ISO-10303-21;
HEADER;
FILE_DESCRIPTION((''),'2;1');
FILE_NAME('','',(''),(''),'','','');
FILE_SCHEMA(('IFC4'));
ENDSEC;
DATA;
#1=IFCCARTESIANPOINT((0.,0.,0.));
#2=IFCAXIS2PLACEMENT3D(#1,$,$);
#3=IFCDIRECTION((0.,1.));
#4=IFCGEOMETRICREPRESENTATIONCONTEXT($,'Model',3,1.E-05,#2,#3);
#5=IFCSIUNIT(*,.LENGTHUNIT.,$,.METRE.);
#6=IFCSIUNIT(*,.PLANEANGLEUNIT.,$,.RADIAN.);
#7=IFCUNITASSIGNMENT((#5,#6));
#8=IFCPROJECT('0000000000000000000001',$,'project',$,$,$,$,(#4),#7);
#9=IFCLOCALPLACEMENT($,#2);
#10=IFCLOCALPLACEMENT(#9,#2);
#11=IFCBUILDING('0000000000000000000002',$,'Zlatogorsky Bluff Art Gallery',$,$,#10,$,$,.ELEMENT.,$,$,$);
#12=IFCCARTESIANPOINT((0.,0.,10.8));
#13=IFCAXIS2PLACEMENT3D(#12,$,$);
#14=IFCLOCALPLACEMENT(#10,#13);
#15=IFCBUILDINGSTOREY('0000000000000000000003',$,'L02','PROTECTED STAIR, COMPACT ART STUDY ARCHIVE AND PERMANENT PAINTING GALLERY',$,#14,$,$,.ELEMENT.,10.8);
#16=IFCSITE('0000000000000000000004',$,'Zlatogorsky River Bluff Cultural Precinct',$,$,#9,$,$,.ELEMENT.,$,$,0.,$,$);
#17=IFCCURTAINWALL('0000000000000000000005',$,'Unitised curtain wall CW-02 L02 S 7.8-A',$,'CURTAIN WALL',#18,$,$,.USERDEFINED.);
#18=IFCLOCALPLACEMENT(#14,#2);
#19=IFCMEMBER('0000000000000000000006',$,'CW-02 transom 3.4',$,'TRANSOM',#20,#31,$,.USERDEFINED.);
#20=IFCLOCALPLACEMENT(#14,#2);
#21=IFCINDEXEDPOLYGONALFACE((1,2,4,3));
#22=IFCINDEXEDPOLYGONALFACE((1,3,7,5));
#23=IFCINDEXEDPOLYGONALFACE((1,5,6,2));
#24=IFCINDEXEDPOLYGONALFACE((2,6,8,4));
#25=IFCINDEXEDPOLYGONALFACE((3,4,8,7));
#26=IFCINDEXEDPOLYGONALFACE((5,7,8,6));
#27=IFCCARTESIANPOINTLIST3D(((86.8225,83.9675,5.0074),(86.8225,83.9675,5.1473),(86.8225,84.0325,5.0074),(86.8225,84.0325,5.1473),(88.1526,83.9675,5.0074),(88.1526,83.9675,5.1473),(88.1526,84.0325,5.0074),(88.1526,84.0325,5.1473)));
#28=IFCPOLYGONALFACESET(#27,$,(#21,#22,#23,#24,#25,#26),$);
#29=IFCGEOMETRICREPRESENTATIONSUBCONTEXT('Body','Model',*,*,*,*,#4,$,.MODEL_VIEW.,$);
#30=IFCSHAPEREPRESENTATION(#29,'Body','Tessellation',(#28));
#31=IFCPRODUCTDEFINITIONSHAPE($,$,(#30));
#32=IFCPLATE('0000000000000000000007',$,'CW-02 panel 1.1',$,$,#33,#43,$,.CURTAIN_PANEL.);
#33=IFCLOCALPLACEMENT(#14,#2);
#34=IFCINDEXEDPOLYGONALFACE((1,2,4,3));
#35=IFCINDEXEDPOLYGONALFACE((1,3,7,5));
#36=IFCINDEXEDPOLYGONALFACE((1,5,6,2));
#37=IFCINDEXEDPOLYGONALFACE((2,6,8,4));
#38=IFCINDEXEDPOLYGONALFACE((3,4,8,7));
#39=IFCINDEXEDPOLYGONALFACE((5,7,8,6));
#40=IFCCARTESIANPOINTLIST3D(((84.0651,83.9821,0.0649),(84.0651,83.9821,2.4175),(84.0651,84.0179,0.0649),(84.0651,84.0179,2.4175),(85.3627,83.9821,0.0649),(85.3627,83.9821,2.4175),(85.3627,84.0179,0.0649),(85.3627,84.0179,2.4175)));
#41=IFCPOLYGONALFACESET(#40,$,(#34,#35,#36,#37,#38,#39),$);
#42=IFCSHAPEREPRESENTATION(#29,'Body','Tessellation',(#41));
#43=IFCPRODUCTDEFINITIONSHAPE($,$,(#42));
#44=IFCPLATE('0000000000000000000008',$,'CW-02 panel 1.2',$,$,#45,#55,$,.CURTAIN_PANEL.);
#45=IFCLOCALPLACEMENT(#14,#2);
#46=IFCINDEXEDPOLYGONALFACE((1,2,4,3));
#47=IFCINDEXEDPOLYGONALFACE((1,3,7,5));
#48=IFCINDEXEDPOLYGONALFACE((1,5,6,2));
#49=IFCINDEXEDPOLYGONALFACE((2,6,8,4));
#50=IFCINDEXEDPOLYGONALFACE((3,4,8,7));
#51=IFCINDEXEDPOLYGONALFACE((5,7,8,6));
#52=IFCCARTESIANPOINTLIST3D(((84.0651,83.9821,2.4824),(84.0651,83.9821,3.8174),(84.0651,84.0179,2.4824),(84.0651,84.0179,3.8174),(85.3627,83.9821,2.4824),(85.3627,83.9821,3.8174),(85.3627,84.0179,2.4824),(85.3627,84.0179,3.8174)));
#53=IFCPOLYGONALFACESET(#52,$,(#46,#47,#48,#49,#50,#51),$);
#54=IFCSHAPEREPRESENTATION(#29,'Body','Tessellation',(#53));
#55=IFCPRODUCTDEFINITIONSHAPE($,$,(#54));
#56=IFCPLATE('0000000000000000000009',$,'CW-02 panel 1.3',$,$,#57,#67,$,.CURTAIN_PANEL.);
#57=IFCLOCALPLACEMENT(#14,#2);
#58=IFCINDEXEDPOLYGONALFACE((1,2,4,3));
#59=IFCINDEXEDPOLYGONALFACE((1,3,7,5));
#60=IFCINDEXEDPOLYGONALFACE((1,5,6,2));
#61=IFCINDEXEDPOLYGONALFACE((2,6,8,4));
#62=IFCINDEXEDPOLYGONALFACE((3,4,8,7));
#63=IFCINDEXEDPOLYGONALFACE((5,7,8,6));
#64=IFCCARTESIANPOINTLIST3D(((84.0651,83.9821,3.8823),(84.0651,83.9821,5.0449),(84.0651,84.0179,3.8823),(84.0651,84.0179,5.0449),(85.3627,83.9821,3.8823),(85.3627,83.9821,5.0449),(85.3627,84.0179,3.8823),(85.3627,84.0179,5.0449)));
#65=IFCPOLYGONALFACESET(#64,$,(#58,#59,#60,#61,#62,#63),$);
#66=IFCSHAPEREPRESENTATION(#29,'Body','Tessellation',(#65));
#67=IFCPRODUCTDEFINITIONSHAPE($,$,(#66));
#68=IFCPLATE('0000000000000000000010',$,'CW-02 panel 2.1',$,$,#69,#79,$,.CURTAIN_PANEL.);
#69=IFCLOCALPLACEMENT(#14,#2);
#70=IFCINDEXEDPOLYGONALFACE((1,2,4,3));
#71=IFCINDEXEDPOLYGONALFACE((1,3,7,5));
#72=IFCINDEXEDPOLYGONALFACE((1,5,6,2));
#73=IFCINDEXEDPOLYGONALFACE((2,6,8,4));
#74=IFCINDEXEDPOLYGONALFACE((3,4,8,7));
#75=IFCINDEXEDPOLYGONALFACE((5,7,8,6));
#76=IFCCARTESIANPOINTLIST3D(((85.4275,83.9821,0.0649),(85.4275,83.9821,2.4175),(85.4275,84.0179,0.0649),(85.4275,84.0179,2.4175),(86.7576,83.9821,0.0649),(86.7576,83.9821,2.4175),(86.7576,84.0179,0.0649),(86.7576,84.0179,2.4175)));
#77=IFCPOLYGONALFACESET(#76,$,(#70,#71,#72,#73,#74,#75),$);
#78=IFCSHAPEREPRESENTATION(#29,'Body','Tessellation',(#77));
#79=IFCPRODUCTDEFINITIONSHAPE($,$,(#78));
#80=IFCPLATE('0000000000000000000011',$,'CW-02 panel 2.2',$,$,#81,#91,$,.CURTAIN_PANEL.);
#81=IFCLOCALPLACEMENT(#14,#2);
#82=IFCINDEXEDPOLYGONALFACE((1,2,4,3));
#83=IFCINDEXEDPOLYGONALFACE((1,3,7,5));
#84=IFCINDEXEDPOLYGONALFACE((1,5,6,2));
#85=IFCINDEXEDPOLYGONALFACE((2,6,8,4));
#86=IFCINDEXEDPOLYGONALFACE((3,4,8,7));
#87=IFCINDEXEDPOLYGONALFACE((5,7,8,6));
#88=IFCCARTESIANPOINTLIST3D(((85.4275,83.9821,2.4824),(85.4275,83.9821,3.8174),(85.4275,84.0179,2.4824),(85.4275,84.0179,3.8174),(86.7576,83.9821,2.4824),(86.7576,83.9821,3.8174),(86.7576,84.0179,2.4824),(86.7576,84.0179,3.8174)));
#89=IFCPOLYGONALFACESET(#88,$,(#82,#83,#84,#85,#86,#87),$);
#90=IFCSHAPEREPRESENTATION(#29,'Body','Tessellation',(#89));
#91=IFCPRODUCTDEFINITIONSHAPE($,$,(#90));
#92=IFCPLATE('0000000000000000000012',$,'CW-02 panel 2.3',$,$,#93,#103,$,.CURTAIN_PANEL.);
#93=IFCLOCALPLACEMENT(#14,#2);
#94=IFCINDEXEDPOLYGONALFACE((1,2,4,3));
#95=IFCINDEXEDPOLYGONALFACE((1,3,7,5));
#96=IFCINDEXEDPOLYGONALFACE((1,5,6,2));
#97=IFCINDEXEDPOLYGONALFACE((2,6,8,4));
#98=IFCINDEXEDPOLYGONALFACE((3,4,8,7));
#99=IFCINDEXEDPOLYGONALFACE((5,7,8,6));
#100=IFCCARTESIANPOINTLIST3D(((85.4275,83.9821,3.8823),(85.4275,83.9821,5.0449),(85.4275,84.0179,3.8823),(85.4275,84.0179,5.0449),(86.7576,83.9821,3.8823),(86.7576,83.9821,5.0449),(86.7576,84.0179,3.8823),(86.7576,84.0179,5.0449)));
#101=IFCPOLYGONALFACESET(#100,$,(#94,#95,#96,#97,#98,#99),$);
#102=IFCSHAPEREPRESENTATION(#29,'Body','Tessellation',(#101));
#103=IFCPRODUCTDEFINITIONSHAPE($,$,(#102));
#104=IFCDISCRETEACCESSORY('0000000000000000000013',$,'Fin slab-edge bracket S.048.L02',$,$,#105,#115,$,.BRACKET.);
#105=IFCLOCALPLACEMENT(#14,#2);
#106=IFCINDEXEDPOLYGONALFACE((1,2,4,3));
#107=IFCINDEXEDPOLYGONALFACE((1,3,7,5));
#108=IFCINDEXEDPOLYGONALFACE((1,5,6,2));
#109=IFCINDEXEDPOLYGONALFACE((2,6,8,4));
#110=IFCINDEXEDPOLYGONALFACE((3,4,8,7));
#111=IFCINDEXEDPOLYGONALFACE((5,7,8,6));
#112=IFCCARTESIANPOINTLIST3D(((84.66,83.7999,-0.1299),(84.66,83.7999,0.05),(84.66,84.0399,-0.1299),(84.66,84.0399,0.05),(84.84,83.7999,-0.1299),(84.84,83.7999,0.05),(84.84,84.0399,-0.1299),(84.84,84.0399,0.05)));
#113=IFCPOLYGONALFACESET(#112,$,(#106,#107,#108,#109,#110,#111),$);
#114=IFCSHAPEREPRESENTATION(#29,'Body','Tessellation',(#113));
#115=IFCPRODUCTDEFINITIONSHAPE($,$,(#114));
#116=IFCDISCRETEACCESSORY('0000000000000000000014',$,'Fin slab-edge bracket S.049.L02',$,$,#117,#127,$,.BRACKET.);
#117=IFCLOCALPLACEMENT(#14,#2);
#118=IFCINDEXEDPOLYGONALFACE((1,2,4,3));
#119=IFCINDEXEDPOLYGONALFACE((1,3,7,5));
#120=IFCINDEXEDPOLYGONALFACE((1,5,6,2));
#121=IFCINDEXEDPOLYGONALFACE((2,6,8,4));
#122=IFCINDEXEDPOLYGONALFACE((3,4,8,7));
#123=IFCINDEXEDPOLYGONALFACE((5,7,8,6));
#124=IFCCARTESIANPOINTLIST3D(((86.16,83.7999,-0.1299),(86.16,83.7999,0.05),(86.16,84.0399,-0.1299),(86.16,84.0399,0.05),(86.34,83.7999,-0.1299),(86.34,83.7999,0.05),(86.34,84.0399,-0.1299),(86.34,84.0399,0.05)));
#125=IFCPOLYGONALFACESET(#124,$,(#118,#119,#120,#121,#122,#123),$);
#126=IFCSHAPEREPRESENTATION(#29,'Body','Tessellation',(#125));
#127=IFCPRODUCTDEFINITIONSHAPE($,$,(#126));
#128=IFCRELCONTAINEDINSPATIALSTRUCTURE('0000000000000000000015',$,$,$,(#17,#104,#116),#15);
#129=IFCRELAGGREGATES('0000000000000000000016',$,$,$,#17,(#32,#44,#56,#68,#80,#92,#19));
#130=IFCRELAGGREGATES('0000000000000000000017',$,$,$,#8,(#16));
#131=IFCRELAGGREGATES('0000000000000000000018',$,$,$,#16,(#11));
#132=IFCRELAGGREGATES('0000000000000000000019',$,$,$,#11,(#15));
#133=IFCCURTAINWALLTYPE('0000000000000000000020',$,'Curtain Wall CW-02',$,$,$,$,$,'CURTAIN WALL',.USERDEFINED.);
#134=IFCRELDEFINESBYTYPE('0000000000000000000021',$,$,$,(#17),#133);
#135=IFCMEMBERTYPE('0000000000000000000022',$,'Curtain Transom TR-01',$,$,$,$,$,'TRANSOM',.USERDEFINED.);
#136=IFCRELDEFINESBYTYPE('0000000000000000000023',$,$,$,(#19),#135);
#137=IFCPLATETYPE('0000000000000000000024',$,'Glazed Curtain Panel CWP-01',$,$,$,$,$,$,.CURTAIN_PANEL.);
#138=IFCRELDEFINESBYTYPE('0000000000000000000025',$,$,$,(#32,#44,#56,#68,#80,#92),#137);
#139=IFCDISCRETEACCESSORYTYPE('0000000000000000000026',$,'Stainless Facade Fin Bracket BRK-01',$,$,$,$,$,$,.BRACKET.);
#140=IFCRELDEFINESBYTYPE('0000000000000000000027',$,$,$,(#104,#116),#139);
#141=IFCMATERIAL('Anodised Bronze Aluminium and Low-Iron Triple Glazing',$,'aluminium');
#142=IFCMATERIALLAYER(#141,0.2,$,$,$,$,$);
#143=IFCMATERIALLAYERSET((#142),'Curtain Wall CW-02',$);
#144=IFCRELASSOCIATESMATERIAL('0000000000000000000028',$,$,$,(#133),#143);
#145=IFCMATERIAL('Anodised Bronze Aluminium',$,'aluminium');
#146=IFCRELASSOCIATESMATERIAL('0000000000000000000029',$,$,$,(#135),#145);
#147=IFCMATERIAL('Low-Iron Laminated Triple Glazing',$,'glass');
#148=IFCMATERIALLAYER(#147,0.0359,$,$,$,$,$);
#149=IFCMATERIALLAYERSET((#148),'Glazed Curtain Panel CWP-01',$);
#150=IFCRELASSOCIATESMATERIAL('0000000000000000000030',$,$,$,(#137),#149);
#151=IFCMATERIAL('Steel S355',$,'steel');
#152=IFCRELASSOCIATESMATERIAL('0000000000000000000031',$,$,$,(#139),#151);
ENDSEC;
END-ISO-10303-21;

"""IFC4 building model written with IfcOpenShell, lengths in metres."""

from ifc_helpers import new_model, si_unit, direction, frame, origin, origin_2d, place, context, subcontext, project, spatial, rectangle, extrude, material, layer, layer_set, material_profile, profile_set, type_object, element, aggregate, save


model = new_model("IFC4")

# Units and contexts
model_context = context("Model", 3, precision=1e-05, world=origin(), true_north=direction((0.0, 1.0)))
body_context = subcontext(model_context, "Body", "Model", "MODEL_VIEW")
ifc_project = project(units=[si_unit("LENGTHUNIT", "METRE"), si_unit("PLANEANGLEUNIT", "RADIAN")], contexts=[model_context])

# Site, building, storey
site_placement = place(None, origin())
site = spatial("IfcSite", under=ifc_project, at=site_placement, Name="Zlatogorsky River Bluff Cultural Precinct", CompositionType="ELEMENT", RefElevation=0.0)
building_placement = place(site_placement, origin())
building = spatial("IfcBuilding", under=site, at=building_placement, Name="Zlatogorsky Bluff Art Gallery", CompositionType="ELEMENT")
storey_placement = place(building_placement, frame((0.0, 0.0, 10.8)))
storey = spatial("IfcBuildingStorey", under=building, at=storey_placement, Name="L02", Description="PROTECTED STAIR, COMPACT ART STUDY ARCHIVE AND PERMANENT PAINTING GALLERY", CompositionType="ELEMENT", Elevation=10.8)

# Shared definitions
ifc_material_1 = material(Name="Steel S355", Category="steel")

# Curtain wall, member, plates
ifc_material_2 = material(Name="Anodised Bronze Aluminium and Low-Iron Triple Glazing", Category="aluminium")
ifc_layer_1 = layer(ifc_material_2, 0.2)
ifc_layer_set_1 = layer_set([ifc_layer_1], Name="Curtain Wall CW-02")
curtain_wall_type = type_object("IfcCurtainWallType", Name="Curtain Wall CW-02", ElementType="CURTAIN WALL", PredefinedType="USERDEFINED", material=ifc_layer_set_1)
curtain_wall_placement = place(storey_placement, origin())
curtain_wall = element("IfcCurtainWall", 1, at=curtain_wall_placement, inside=storey, type_object=curtain_wall_type, Name="Unitised curtain wall CW-02 L02 S 7.8-A", ObjectType="CURTAIN WALL", PredefinedType="USERDEFINED")
ifc_material_3 = material(Name="Anodised Bronze Aluminium", Category="aluminium")
ifc_material_profile_1 = material_profile(ifc_material_3, rectangle(XDim=0.0649, YDim=0.1399, at=origin_2d()), Name="ALU TRANSOM 65x140")
ifc_profile_set_1 = profile_set([ifc_material_profile_1], Name="Anodised Bronze Aluminium")
member_type_1 = type_object("IfcMemberType", Name="Curtain Transom TR-01", ElementType="TRANSOM", PredefinedType="USERDEFINED", material=ifc_profile_set_1)
member_1_placement = place(storey_placement, frame((86.8225, 84.0, 5.0774), z_axis=(1.0, 0.0, 0.0), x_axis=(0.0, 1.0, 0.0)))
member_1 = element("IfcMember", 2, at=member_1_placement, type_object=member_type_1, Name="CW-02 transom 3.4", ObjectType="TRANSOM", PredefinedType="USERDEFINED", context=body_context, shape_type="SweptSolid", body=[
    extrude(rectangle(XDim=0.0649, YDim=0.1399, at=origin_2d()), origin(), (0.0, 0.0, 1.0), 1.3301),
])
ifc_material_4 = material(Name="Low-Iron Laminated Triple Glazing", Category="glass")
ifc_layer_2 = layer(ifc_material_4, 0.0359)
ifc_layer_set_2 = layer_set([ifc_layer_2], Name="Glazed Curtain Panel CWP-01")
plate_type = type_object("IfcPlateType", Name="Glazed Curtain Panel CWP-01", PredefinedType="CURTAIN_PANEL", material=ifc_layer_set_2)
plate_1_placement = place(storey_placement, frame((84.7139, 84.0, 0.0649), z_axis=(0.0, 0.0, 1.0), x_axis=(1.0, 0.0, 0.0)))
plate_1 = element("IfcPlate", 3, at=plate_1_placement, type_object=plate_type, Name="CW-02 panel 1.1", PredefinedType="CURTAIN_PANEL", context=body_context, shape_type="SweptSolid", body=[
    extrude(rectangle(XDim=1.2976, YDim=0.0359, at=origin_2d()), origin(), (0.0, 0.0, 1.0), 2.3525),
])
plate_2_placement = place(storey_placement, frame((84.7139, 84.0, 2.4824), z_axis=(0.0, 0.0, 1.0), x_axis=(1.0, 0.0, 0.0)))
plate_2 = element("IfcPlate", 4, at=plate_2_placement, type_object=plate_type, Name="CW-02 panel 1.2", PredefinedType="CURTAIN_PANEL", context=body_context, shape_type="SweptSolid", body=[
    extrude(rectangle(XDim=1.2976, YDim=0.0359, at=origin_2d()), origin(), (0.0, 0.0, 1.0), 1.335),
])
plate_3_placement = place(storey_placement, frame((84.7139, 84.0, 3.8823), z_axis=(0.0, 0.0, 1.0), x_axis=(1.0, 0.0, 0.0)))
plate_3 = element("IfcPlate", 5, at=plate_3_placement, type_object=plate_type, Name="CW-02 panel 1.3", PredefinedType="CURTAIN_PANEL", context=body_context, shape_type="SweptSolid", body=[
    extrude(rectangle(XDim=1.2976, YDim=0.0359, at=origin_2d()), origin(), (0.0, 0.0, 1.0), 1.1626),
])
plate_4_placement = place(storey_placement, frame((86.0925, 84.0, 0.0649), z_axis=(0.0, 0.0, 1.0), x_axis=(1.0, 0.0, 0.0)))
plate_4 = element("IfcPlate", 6, at=plate_4_placement, type_object=plate_type, Name="CW-02 panel 2.1", PredefinedType="CURTAIN_PANEL", context=body_context, shape_type="SweptSolid", body=[
    extrude(rectangle(XDim=1.3301, YDim=0.0359, at=origin_2d()), origin(), (0.0, 0.0, 1.0), 2.3525),
])
plate_5_placement = place(storey_placement, frame((86.0925, 84.0, 2.4824), z_axis=(0.0, 0.0, 1.0), x_axis=(1.0, 0.0, 0.0)))
plate_5 = element("IfcPlate", 7, at=plate_5_placement, type_object=plate_type, Name="CW-02 panel 2.2", PredefinedType="CURTAIN_PANEL", context=body_context, shape_type="SweptSolid", body=[
    extrude(rectangle(XDim=1.3301, YDim=0.0359, at=origin_2d()), origin(), (0.0, 0.0, 1.0), 1.335),
])
plate_6_placement = place(storey_placement, frame((86.0925, 84.0, 3.8823), z_axis=(0.0, 0.0, 1.0), x_axis=(1.0, 0.0, 0.0)))
plate_6 = element("IfcPlate", 8, at=plate_6_placement, type_object=plate_type, Name="CW-02 panel 2.3", PredefinedType="CURTAIN_PANEL", context=body_context, shape_type="SweptSolid", body=[
    extrude(rectangle(XDim=1.3301, YDim=0.0359, at=origin_2d()), origin(), (0.0, 0.0, 1.0), 1.1626),
])
aggregate(curtain_wall, [plate_1, plate_2, plate_3, plate_4, plate_5, plate_6, member_1])

# Discrete accessories
discrete_accessory_type = type_object("IfcDiscreteAccessoryType", Name="Stainless Facade Fin Bracket BRK-01", PredefinedType="BRACKET", material=ifc_material_1)
for number, where, z_axis, x_axis, name in (
    (9, (84.75, 83.9199, -0.1299), (0.0, 0.0, 1.0), (1.0, 0.0, 0.0), "Fin slab-edge bracket S.048.L02"),
    (10, (86.25, 83.9199, -0.1299), (0.0, 0.0, 1.0), (1.0, 0.0, 0.0), "Fin slab-edge bracket S.049.L02"),
):
    element("IfcDiscreteAccessory", number, at=place(storey_placement, frame(where, z_axis=z_axis, x_axis=x_axis)), inside=storey, type_object=discrete_accessory_type, Name=name, PredefinedType="BRACKET", context=body_context, shape_type="SweptSolid", body=[
        extrude(rectangle(XDim=0.1799, YDim=0.24, at=origin_2d()), origin(), (0.0, 0.0, 1.0), 0.1799),
    ])

save(model, "model.ifc")
